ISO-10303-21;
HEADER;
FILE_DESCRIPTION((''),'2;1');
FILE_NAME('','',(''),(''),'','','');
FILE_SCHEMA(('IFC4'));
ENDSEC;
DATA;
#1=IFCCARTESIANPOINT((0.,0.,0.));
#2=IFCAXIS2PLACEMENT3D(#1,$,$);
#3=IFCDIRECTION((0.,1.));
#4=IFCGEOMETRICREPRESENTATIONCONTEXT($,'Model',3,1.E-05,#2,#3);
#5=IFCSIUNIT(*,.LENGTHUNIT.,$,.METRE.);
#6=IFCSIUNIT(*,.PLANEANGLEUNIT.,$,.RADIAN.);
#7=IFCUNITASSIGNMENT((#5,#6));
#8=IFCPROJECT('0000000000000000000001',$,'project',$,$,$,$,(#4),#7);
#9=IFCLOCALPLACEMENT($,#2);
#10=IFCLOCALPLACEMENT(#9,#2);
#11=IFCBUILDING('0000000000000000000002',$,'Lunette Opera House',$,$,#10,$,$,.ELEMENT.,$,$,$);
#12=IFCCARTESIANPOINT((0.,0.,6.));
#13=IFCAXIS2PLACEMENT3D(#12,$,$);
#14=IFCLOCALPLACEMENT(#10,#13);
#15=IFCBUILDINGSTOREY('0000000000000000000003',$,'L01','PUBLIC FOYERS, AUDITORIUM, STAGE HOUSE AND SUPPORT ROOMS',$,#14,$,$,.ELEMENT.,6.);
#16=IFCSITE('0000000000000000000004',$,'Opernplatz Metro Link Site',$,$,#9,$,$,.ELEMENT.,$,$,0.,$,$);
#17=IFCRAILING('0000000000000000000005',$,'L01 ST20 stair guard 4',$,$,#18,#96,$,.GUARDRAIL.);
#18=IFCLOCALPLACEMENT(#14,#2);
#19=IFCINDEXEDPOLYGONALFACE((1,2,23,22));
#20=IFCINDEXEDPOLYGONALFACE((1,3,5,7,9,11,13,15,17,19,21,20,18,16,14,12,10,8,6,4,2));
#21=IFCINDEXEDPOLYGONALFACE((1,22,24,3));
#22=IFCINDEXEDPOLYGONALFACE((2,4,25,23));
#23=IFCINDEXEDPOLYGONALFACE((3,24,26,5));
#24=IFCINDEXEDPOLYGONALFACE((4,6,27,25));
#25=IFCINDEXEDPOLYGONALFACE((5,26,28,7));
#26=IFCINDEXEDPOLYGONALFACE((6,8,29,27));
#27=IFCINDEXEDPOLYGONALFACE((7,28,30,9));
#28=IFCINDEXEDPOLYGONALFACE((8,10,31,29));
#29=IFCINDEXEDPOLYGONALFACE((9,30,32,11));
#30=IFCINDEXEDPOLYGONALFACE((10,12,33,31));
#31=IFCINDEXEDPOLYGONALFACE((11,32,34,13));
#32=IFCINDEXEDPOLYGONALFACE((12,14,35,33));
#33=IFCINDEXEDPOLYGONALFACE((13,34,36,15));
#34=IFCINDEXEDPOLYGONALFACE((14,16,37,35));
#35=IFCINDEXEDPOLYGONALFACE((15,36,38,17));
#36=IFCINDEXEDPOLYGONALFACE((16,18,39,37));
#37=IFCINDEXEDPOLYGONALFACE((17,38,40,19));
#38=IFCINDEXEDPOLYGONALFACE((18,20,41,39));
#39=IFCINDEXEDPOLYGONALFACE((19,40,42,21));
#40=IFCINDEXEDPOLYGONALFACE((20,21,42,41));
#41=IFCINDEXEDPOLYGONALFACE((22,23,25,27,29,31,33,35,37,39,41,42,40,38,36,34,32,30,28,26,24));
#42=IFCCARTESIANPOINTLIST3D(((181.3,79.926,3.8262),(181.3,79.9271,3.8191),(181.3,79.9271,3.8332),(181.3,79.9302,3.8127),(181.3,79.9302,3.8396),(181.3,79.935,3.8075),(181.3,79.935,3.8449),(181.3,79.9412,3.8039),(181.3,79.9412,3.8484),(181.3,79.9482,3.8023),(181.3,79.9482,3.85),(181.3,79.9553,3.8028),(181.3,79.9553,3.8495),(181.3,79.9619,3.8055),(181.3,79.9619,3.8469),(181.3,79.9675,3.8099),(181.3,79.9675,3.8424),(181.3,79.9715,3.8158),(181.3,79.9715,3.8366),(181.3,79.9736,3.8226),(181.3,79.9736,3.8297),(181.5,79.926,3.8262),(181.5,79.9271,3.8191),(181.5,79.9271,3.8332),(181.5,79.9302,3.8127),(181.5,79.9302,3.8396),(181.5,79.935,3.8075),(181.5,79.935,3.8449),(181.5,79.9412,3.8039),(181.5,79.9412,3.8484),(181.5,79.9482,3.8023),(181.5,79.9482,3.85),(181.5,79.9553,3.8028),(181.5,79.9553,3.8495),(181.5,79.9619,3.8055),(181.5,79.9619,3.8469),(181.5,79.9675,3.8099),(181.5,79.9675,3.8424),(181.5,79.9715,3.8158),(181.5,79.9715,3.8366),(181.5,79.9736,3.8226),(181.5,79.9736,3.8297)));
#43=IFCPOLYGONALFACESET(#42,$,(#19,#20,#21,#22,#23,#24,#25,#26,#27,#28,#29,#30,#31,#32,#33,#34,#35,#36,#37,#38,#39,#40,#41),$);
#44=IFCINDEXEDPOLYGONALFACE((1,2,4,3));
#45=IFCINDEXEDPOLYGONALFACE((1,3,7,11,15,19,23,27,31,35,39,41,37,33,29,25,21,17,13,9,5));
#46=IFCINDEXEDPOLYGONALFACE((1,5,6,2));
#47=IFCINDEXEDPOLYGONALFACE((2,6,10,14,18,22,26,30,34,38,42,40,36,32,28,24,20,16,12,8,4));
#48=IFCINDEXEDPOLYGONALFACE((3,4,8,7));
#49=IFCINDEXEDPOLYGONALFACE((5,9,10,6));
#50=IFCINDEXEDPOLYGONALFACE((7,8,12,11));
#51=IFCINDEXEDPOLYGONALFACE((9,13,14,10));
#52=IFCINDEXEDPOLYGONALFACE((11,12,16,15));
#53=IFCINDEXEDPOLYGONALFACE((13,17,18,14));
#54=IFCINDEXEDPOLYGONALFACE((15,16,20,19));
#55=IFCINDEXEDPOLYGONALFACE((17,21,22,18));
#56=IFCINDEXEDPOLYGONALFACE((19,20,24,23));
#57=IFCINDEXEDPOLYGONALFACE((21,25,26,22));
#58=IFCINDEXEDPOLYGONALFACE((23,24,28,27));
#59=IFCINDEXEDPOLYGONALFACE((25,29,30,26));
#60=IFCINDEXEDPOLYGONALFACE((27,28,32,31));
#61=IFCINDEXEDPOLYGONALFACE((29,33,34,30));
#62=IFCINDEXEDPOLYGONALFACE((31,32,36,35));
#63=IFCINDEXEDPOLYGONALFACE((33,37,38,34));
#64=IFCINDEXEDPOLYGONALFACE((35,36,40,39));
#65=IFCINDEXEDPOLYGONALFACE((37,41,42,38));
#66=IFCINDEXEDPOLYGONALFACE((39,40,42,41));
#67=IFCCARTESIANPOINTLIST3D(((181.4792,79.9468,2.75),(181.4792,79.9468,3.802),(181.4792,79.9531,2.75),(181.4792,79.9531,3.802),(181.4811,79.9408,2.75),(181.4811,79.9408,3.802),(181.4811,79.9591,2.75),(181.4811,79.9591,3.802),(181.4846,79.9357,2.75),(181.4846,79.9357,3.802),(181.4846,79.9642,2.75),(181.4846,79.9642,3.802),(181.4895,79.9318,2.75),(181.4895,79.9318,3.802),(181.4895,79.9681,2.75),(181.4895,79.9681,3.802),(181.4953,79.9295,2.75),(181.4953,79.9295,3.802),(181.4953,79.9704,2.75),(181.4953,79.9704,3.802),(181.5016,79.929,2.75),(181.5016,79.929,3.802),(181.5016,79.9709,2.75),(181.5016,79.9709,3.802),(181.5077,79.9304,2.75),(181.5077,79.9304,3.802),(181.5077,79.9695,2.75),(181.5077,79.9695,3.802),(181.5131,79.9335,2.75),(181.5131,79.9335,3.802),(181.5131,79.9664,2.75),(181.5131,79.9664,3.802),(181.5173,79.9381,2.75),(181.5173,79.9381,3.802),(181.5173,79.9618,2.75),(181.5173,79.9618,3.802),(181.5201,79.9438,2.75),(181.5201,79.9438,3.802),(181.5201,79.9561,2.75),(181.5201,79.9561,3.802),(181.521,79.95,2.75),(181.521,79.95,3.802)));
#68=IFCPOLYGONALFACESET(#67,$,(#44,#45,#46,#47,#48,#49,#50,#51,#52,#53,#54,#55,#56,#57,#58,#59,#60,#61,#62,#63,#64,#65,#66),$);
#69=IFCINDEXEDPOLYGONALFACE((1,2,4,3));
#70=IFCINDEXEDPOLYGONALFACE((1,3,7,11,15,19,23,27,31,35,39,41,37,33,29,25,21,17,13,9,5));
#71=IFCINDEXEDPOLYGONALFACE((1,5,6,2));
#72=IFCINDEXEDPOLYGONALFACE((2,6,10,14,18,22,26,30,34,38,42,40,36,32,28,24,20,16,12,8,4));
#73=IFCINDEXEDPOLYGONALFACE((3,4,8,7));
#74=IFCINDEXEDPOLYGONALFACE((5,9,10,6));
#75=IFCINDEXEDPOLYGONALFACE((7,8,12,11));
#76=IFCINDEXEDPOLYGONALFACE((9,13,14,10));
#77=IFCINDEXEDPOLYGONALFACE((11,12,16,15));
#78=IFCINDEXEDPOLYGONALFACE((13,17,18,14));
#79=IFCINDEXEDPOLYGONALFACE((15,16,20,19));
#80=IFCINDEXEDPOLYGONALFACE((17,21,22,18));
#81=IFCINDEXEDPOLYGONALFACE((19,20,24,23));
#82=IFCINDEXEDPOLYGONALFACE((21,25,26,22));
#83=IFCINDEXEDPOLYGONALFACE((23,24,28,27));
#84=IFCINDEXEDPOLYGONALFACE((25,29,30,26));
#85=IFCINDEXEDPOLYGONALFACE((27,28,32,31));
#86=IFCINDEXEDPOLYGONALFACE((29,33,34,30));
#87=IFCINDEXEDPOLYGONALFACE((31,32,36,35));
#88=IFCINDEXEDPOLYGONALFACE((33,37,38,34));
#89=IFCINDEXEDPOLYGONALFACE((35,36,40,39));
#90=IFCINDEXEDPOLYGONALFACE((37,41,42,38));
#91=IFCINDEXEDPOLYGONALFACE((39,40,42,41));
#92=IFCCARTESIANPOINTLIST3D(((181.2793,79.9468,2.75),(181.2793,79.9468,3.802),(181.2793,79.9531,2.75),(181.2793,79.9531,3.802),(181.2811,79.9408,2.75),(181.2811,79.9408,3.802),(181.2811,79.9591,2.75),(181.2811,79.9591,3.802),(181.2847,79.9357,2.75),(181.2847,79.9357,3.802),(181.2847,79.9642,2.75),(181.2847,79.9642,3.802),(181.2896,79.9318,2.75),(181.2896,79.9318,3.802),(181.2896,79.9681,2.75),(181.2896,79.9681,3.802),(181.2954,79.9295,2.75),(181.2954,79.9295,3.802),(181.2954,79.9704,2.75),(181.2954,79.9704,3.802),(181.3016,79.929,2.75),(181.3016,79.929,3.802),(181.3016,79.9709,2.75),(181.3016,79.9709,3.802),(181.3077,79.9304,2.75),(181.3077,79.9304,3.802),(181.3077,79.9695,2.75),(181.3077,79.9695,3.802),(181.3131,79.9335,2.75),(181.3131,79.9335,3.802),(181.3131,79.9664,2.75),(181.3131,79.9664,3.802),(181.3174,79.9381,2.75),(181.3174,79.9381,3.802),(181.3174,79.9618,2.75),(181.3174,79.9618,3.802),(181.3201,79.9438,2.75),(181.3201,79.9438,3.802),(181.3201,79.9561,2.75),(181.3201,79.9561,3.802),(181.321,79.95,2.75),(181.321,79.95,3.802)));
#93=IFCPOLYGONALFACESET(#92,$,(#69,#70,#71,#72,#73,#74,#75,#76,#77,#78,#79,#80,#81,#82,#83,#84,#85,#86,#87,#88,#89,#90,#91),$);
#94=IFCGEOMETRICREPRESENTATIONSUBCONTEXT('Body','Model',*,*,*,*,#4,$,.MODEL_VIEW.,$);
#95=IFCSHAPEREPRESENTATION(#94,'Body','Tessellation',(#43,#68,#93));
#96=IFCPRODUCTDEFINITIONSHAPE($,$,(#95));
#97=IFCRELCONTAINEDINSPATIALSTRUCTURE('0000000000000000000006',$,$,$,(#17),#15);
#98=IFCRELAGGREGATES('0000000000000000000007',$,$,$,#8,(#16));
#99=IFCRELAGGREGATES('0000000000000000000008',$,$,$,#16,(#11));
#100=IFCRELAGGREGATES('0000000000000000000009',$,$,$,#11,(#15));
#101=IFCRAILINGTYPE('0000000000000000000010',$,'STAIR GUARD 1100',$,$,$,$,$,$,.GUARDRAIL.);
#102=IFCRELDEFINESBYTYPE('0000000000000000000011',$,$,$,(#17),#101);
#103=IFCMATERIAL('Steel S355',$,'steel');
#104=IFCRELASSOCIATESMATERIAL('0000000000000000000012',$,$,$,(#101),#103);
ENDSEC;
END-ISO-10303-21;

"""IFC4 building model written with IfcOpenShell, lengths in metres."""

from ifc_helpers import new_model, si_unit, direction, frame, origin, origin_2d, place, context, subcontext, project, spatial, circle, extrude, material, type_object, element, save


model = new_model("IFC4")

# Units and contexts
model_context = context("Model", 3, precision=1e-05, world=origin(), true_north=direction((0.0, 1.0)))
body_context = subcontext(model_context, "Body", "Model", "MODEL_VIEW")
ifc_project = project(units=[si_unit("LENGTHUNIT", "METRE"), si_unit("PLANEANGLEUNIT", "RADIAN")], contexts=[model_context])

# Site, building, storey
site_placement = place(None, origin())
site = spatial("IfcSite", under=ifc_project, at=site_placement, Name="Opernplatz Metro Link Site", CompositionType="ELEMENT", RefElevation=0.0)
building_placement = place(site_placement, origin())
building = spatial("IfcBuilding", under=site, at=building_placement, Name="Lunette Opera House", CompositionType="ELEMENT")
storey_placement = place(building_placement, frame((0.0, 0.0, 6.0)))
storey = spatial("IfcBuildingStorey", under=building, at=storey_placement, Name="L01", Description="PUBLIC FOYERS, AUDITORIUM, STAGE HOUSE AND SUPPORT ROOMS", CompositionType="ELEMENT", Elevation=6.0)

# Railing
ifc_material_1 = material(Name="Steel S355", Category="steel")
railing_type_1 = type_object("IfcRailingType", Name="STAIR GUARD 1100", PredefinedType="GUARDRAIL", material=ifc_material_1)
railing_1_placement = place(storey_placement, frame((181.5, 79.95, 2.75)))
element("IfcRailing", 1, at=railing_1_placement, inside=storey, type_object=railing_type_1, Name="L01 ST20 stair guard 4", PredefinedType="GUARDRAIL", context=body_context, shape_type="SweptSolid", body=[
    extrude(circle(Radius=0.0239, at=origin_2d()), frame((0.0, 0.0, 1.0762), z_axis=(-1.0, 0.0, 0.0), x_axis=(0.0, -1.0, 0.0)), (0.0, 0.0, 1.0), 0.2),
    extrude(circle(Radius=0.021, at=origin_2d()), origin(), (0.0, 0.0, 1.0), 1.052),
    extrude(circle(Radius=0.021, at=origin_2d()), frame((-0.2, 0.0, 0.0)), (0.0, 0.0, 1.0), 1.052),
])

save(model, "model.ifc")
